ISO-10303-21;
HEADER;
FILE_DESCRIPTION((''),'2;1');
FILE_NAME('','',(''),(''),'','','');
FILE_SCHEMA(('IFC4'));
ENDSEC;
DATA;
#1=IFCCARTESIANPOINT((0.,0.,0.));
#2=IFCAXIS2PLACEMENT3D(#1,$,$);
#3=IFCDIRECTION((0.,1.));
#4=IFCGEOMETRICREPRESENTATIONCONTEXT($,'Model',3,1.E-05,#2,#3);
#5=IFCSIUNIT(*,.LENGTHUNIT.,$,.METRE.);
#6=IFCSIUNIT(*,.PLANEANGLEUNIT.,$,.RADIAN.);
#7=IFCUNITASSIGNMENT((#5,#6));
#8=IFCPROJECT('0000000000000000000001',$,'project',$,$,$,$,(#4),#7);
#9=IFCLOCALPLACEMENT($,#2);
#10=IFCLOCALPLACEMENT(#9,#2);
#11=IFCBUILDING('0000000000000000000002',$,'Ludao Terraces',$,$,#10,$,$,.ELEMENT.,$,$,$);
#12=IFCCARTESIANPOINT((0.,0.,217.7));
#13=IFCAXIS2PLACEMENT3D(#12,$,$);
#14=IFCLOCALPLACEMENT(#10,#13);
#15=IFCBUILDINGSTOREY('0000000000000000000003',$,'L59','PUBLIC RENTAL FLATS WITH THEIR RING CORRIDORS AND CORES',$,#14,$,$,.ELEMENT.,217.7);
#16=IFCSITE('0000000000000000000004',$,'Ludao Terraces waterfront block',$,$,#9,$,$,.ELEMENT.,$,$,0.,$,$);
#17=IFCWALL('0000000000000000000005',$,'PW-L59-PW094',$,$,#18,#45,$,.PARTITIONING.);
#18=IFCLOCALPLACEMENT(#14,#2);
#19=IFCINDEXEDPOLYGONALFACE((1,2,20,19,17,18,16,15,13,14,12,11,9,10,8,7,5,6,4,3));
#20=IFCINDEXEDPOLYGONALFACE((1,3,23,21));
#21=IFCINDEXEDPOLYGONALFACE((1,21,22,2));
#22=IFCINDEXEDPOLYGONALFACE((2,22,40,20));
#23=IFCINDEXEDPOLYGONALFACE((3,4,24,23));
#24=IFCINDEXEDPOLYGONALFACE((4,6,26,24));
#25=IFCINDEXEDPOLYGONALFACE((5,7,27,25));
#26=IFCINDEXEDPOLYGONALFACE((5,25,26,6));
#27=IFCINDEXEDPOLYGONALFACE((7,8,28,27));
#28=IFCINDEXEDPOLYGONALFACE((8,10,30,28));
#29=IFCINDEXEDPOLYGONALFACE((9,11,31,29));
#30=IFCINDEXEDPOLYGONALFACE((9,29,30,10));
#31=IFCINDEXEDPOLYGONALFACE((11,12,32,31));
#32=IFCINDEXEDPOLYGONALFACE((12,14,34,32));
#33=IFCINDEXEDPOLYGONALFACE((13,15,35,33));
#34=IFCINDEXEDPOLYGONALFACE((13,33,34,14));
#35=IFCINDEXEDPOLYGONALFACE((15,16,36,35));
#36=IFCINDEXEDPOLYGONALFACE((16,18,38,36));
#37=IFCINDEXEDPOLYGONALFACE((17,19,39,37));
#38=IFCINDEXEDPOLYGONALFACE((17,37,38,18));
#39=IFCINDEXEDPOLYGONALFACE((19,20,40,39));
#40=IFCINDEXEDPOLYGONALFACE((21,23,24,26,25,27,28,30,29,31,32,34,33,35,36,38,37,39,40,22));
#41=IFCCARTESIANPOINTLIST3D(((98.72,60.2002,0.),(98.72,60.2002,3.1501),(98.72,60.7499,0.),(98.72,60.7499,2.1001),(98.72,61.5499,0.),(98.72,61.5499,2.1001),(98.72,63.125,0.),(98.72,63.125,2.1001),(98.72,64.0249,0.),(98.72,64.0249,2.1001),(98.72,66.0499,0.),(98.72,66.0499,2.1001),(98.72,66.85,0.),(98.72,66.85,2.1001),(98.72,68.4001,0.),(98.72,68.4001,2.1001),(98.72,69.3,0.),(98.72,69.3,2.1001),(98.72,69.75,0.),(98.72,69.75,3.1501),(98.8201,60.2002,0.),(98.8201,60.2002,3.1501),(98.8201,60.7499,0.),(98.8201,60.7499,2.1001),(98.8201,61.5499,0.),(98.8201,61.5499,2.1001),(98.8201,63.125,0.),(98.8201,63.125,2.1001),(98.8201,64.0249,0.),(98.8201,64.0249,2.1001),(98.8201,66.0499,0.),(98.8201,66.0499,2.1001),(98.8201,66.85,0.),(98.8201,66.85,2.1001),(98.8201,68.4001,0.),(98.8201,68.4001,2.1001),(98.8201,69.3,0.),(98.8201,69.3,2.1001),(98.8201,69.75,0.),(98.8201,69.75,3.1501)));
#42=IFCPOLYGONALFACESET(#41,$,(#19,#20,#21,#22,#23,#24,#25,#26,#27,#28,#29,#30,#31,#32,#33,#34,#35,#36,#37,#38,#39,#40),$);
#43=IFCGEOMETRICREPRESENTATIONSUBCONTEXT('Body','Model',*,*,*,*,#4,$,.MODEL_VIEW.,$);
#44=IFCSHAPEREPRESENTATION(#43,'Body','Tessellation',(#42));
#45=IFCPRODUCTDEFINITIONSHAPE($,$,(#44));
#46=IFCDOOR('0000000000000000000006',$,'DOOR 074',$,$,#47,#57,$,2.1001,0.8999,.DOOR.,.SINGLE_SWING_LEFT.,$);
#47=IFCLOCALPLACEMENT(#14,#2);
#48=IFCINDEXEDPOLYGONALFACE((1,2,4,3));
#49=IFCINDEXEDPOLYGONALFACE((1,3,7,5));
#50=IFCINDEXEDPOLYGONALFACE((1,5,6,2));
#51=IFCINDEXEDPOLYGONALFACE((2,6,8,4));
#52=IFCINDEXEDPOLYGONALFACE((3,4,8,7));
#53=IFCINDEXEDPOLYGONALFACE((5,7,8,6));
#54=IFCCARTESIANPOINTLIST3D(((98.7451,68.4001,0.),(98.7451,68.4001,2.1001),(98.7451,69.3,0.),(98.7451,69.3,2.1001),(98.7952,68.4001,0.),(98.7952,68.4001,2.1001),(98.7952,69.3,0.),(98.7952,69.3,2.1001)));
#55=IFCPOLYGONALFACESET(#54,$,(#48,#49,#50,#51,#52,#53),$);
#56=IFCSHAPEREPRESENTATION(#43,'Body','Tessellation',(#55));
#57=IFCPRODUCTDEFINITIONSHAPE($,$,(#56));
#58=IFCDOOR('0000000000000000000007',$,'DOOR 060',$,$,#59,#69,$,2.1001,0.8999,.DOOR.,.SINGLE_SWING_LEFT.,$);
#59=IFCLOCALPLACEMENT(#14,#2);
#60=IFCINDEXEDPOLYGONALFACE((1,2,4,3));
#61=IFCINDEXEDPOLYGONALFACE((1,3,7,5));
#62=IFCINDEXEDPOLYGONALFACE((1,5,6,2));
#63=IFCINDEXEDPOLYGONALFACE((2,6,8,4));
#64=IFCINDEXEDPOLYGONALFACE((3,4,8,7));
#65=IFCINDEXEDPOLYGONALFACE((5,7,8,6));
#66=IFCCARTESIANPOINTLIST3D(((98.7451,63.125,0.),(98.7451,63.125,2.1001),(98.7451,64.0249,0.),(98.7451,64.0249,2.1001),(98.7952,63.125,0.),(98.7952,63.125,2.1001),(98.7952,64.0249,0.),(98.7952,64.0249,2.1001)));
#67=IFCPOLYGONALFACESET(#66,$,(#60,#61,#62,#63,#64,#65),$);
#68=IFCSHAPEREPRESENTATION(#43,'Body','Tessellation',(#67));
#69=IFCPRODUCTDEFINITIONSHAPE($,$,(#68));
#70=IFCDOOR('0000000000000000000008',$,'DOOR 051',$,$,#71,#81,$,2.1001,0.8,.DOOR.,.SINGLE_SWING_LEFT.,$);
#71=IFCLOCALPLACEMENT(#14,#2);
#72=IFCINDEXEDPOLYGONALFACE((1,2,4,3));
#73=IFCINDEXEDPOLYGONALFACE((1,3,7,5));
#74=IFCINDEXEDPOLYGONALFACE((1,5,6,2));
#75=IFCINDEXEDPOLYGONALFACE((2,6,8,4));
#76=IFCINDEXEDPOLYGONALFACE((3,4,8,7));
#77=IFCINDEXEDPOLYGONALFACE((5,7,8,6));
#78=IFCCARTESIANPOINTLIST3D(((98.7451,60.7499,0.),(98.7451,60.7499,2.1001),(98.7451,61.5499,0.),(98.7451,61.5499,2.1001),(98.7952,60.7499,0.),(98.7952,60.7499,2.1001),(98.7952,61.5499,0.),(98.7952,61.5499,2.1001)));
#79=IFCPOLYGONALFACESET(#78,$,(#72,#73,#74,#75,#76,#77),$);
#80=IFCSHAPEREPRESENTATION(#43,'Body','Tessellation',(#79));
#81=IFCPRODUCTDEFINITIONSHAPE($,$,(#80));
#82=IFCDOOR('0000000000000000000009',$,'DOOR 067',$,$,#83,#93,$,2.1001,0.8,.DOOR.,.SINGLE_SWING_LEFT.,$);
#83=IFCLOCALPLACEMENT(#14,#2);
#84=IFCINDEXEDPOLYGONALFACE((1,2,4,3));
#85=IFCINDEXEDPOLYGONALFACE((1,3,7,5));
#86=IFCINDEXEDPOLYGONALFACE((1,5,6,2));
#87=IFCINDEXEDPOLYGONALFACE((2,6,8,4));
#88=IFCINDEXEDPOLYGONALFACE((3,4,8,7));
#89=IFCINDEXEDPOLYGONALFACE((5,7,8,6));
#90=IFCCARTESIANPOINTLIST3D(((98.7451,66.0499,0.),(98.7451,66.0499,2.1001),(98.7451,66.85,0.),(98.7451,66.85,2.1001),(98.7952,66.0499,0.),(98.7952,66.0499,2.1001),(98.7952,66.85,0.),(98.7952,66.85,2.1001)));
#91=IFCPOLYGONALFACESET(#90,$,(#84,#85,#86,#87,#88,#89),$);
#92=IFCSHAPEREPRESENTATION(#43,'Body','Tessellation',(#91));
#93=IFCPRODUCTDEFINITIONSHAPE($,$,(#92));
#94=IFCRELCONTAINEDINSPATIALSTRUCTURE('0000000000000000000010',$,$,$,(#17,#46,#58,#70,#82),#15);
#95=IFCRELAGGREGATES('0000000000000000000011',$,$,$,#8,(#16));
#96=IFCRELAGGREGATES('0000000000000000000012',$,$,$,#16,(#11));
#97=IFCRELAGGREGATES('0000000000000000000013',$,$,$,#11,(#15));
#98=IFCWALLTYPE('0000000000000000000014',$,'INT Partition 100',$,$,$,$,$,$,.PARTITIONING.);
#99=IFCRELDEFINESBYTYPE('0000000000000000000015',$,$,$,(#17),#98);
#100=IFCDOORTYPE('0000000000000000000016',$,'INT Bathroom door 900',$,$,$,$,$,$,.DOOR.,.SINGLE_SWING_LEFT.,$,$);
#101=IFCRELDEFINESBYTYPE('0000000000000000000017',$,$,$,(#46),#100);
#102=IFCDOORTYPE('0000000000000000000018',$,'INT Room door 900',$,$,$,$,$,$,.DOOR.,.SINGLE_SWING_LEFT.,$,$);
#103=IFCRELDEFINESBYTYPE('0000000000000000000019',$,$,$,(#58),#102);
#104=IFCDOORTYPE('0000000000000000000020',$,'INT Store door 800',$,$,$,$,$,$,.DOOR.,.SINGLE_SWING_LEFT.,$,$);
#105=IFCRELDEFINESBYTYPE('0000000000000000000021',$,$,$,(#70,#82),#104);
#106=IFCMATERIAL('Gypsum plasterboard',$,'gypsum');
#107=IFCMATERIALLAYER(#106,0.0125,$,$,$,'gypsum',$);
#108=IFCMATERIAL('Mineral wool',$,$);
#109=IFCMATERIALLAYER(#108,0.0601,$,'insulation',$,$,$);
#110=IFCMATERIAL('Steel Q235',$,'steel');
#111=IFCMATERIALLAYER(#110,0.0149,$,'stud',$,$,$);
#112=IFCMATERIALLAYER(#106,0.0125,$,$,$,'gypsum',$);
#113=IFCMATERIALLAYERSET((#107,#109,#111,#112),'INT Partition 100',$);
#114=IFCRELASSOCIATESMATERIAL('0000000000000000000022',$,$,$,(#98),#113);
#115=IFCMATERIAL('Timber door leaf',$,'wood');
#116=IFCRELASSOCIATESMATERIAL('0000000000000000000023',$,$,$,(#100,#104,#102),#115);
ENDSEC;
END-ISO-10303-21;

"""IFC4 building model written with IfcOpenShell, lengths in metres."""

from ifc_helpers import new_model, si_unit, direction, frame, frame_2d, origin, place, context, subcontext, project, spatial, rectangle, extrude, material, layer, layer_set, type_object, element, fill, save


model = new_model("IFC4")

# Units and contexts
model_context = context("Model", 3, precision=1e-05, world=origin(), true_north=direction((0.0, 1.0)))
body_context = subcontext(model_context, "Body", "Model", "MODEL_VIEW")
ifc_project = project(units=[si_unit("LENGTHUNIT", "METRE"), si_unit("PLANEANGLEUNIT", "RADIAN")], contexts=[model_context])

# Site, building, storey
site_placement = place(None, origin())
site = spatial("IfcSite", under=ifc_project, at=site_placement, Name="Ludao Terraces waterfront block", CompositionType="ELEMENT", RefElevation=0.0)
building_placement = place(site_placement, origin())
building = spatial("IfcBuilding", under=site, at=building_placement, Name="Ludao Terraces", CompositionType="ELEMENT")
storey_placement = place(building_placement, frame((0.0, 0.0, 217.7)))
storey = spatial("IfcBuildingStorey", under=building, at=storey_placement, Name="L59", Description="PUBLIC RENTAL FLATS WITH THEIR RING CORRIDORS AND CORES", CompositionType="ELEMENT", Elevation=217.7)

# Shared definitions
ifc_material_1 = material(Name="Mineral wool")

# Shared definitions
ifc_material_2 = material(Name="Gypsum plasterboard", Category="gypsum")
ifc_layer_1 = layer(ifc_material_2, 0.0125, Category="gypsum")
ifc_layer_2 = layer(ifc_material_1, 0.0601, Name="insulation")
ifc_material_3 = material(Name="Steel Q235", Category="steel")
ifc_layer_3 = layer(ifc_material_3, 0.0149, Name="stud")
ifc_layer_4 = layer(ifc_material_2, 0.0125, Category="gypsum")
ifc_layer_set_1 = layer_set([ifc_layer_1, ifc_layer_2, ifc_layer_3, ifc_layer_4], Name="INT Partition 100")
wall_type_1 = type_object("IfcWallType", Name="INT Partition 100", PredefinedType="PARTITIONING", material=ifc_layer_set_1)

# Wall, openings, doors
ifc_material_4 = material(Name="Timber door leaf", Category="wood")
door_type_1 = type_object("IfcDoorType", Name="INT Bathroom door 900", OperationType="SINGLE_SWING_LEFT", PredefinedType="DOOR", material=ifc_material_4)
door_type_2 = type_object("IfcDoorType", Name="INT Store door 800", OperationType="SINGLE_SWING_LEFT", PredefinedType="DOOR", material=ifc_material_4)
wall_1_placement = place(storey_placement, frame((98.77, 60.2002, 0.0), z_axis=(0.0, 0.0, 1.0), x_axis=(0.0, 1.0, 0.0)))
wall_1 = element("IfcWall", 1, at=wall_1_placement, inside=storey, type_object=wall_type_1, Name="PW-L59-PW094", PredefinedType="PARTITIONING", context=body_context, shape_type="SweptSolid", body=[
    extrude(rectangle(XDim=9.5498, YDim=0.1001, at=frame_2d((4.7749, 0.0))), origin(), (0.0, 0.0, 1.0), 3.1501),
])
opening_1_placement = place(wall_1_placement, frame((0.5498, 0.0, 0.0)))
opening_1 = element("IfcOpeningElement", 2, at=opening_1_placement, cuts=wall_1, PredefinedType="OPENING", context=body_context, shape_type="SweptSolid", body=[
    extrude(rectangle(XDim=0.8, YDim=2.1001, at=frame_2d((0.3999, 1.05))), frame((0.0, 0.0601, 0.0), z_axis=(0.0, -1.0, 0.0), x_axis=(1.0, 0.0, 0.0)), (0.0, 0.0, 1.0), 0.1201),
])
opening_2_placement = place(wall_1_placement, frame((2.9248, 0.0, 0.0)))
opening_2 = element("IfcOpeningElement", 3, at=opening_2_placement, cuts=wall_1, PredefinedType="OPENING", context=body_context, shape_type="SweptSolid", body=[
    extrude(rectangle(XDim=0.8999, YDim=2.1001, at=frame_2d((0.45, 1.05))), frame((0.0, 0.0601, 0.0), z_axis=(0.0, -1.0, 0.0), x_axis=(1.0, 0.0, 0.0)), (0.0, 0.0, 1.0), 0.1201),
])
opening_3_placement = place(wall_1_placement, frame((5.8499, 0.0, 0.0)))
opening_3 = element("IfcOpeningElement", 4, at=opening_3_placement, cuts=wall_1, PredefinedType="OPENING", context=body_context, shape_type="SweptSolid", body=[
    extrude(rectangle(XDim=0.8, YDim=2.1001, at=frame_2d((0.3999, 1.05))), frame((0.0, 0.0601, 0.0), z_axis=(0.0, -1.0, 0.0), x_axis=(1.0, 0.0, 0.0)), (0.0, 0.0, 1.0), 0.1201),
])
opening_4_placement = place(wall_1_placement, frame((8.2, 0.0, 0.0)))
opening_4 = element("IfcOpeningElement", 5, at=opening_4_placement, cuts=wall_1, PredefinedType="OPENING", context=body_context, shape_type="SweptSolid", body=[
    extrude(rectangle(XDim=0.8999, YDim=2.1001, at=frame_2d((0.45, 1.05))), frame((0.0, 0.0601, 0.0), z_axis=(0.0, -1.0, 0.0), x_axis=(1.0, 0.0, 0.0)), (0.0, 0.0, 1.0), 0.1201),
])
door_1_placement = place(opening_4_placement, origin())
door_1 = element("IfcDoor", 6, at=door_1_placement, inside=storey, type_object=door_type_1, Name="DOOR 074", OperationType="SINGLE_SWING_LEFT", OverallHeight=2.1001, OverallWidth=0.8999, PredefinedType="DOOR", context=body_context, shape_type="SweptSolid", body=[
    extrude(rectangle(XDim=0.8999, YDim=2.1001, at=frame_2d((0.45, 1.05))), frame((0.0, 0.0249, 0.0), z_axis=(0.0, -1.0, 0.0), x_axis=(1.0, 0.0, 0.0)), (0.0, 0.0, 1.0), 0.05),
])
fill(opening_4, door_1)
door_type_3 = type_object("IfcDoorType", Name="INT Room door 900", OperationType="SINGLE_SWING_LEFT", PredefinedType="DOOR", material=ifc_material_4)
door_2_placement = place(opening_2_placement, origin())
door_2 = element("IfcDoor", 7, at=door_2_placement, inside=storey, type_object=door_type_3, Name="DOOR 060", OperationType="SINGLE_SWING_LEFT", OverallHeight=2.1001, OverallWidth=0.8999, PredefinedType="DOOR", context=body_context, shape_type="SweptSolid", body=[
    extrude(rectangle(XDim=0.8999, YDim=2.1001, at=frame_2d((0.45, 1.05))), frame((0.0, 0.0249, 0.0), z_axis=(0.0, -1.0, 0.0), x_axis=(1.0, 0.0, 0.0)), (0.0, 0.0, 1.0), 0.05),
])
fill(opening_2, door_2)
door_3_placement = place(opening_1_placement, origin())
door_3 = element("IfcDoor", 8, at=door_3_placement, inside=storey, type_object=door_type_2, Name="DOOR 051", OperationType="SINGLE_SWING_LEFT", OverallHeight=2.1001, OverallWidth=0.8, PredefinedType="DOOR", context=body_context, shape_type="SweptSolid", body=[
    extrude(rectangle(XDim=0.8, YDim=2.1001, at=frame_2d((0.3999, 1.05))), frame((0.0, 0.0249, 0.0), z_axis=(0.0, -1.0, 0.0), x_axis=(1.0, 0.0, 0.0)), (0.0, 0.0, 1.0), 0.05),
])
fill(opening_1, door_3)
door_4_placement = place(opening_3_placement, origin())
door_4 = element("IfcDoor", 9, at=door_4_placement, inside=storey, type_object=door_type_2, Name="DOOR 067", OperationType="SINGLE_SWING_LEFT", OverallHeight=2.1001, OverallWidth=0.8, PredefinedType="DOOR", context=body_context, shape_type="SweptSolid", body=[
    extrude(rectangle(XDim=0.8, YDim=2.1001, at=frame_2d((0.3999, 1.05))), frame((0.0, 0.0249, 0.0), z_axis=(0.0, -1.0, 0.0), x_axis=(1.0, 0.0, 0.0)), (0.0, 0.0, 1.0), 0.05),
])
fill(opening_3, door_4)

save(model, "model.ifc")
